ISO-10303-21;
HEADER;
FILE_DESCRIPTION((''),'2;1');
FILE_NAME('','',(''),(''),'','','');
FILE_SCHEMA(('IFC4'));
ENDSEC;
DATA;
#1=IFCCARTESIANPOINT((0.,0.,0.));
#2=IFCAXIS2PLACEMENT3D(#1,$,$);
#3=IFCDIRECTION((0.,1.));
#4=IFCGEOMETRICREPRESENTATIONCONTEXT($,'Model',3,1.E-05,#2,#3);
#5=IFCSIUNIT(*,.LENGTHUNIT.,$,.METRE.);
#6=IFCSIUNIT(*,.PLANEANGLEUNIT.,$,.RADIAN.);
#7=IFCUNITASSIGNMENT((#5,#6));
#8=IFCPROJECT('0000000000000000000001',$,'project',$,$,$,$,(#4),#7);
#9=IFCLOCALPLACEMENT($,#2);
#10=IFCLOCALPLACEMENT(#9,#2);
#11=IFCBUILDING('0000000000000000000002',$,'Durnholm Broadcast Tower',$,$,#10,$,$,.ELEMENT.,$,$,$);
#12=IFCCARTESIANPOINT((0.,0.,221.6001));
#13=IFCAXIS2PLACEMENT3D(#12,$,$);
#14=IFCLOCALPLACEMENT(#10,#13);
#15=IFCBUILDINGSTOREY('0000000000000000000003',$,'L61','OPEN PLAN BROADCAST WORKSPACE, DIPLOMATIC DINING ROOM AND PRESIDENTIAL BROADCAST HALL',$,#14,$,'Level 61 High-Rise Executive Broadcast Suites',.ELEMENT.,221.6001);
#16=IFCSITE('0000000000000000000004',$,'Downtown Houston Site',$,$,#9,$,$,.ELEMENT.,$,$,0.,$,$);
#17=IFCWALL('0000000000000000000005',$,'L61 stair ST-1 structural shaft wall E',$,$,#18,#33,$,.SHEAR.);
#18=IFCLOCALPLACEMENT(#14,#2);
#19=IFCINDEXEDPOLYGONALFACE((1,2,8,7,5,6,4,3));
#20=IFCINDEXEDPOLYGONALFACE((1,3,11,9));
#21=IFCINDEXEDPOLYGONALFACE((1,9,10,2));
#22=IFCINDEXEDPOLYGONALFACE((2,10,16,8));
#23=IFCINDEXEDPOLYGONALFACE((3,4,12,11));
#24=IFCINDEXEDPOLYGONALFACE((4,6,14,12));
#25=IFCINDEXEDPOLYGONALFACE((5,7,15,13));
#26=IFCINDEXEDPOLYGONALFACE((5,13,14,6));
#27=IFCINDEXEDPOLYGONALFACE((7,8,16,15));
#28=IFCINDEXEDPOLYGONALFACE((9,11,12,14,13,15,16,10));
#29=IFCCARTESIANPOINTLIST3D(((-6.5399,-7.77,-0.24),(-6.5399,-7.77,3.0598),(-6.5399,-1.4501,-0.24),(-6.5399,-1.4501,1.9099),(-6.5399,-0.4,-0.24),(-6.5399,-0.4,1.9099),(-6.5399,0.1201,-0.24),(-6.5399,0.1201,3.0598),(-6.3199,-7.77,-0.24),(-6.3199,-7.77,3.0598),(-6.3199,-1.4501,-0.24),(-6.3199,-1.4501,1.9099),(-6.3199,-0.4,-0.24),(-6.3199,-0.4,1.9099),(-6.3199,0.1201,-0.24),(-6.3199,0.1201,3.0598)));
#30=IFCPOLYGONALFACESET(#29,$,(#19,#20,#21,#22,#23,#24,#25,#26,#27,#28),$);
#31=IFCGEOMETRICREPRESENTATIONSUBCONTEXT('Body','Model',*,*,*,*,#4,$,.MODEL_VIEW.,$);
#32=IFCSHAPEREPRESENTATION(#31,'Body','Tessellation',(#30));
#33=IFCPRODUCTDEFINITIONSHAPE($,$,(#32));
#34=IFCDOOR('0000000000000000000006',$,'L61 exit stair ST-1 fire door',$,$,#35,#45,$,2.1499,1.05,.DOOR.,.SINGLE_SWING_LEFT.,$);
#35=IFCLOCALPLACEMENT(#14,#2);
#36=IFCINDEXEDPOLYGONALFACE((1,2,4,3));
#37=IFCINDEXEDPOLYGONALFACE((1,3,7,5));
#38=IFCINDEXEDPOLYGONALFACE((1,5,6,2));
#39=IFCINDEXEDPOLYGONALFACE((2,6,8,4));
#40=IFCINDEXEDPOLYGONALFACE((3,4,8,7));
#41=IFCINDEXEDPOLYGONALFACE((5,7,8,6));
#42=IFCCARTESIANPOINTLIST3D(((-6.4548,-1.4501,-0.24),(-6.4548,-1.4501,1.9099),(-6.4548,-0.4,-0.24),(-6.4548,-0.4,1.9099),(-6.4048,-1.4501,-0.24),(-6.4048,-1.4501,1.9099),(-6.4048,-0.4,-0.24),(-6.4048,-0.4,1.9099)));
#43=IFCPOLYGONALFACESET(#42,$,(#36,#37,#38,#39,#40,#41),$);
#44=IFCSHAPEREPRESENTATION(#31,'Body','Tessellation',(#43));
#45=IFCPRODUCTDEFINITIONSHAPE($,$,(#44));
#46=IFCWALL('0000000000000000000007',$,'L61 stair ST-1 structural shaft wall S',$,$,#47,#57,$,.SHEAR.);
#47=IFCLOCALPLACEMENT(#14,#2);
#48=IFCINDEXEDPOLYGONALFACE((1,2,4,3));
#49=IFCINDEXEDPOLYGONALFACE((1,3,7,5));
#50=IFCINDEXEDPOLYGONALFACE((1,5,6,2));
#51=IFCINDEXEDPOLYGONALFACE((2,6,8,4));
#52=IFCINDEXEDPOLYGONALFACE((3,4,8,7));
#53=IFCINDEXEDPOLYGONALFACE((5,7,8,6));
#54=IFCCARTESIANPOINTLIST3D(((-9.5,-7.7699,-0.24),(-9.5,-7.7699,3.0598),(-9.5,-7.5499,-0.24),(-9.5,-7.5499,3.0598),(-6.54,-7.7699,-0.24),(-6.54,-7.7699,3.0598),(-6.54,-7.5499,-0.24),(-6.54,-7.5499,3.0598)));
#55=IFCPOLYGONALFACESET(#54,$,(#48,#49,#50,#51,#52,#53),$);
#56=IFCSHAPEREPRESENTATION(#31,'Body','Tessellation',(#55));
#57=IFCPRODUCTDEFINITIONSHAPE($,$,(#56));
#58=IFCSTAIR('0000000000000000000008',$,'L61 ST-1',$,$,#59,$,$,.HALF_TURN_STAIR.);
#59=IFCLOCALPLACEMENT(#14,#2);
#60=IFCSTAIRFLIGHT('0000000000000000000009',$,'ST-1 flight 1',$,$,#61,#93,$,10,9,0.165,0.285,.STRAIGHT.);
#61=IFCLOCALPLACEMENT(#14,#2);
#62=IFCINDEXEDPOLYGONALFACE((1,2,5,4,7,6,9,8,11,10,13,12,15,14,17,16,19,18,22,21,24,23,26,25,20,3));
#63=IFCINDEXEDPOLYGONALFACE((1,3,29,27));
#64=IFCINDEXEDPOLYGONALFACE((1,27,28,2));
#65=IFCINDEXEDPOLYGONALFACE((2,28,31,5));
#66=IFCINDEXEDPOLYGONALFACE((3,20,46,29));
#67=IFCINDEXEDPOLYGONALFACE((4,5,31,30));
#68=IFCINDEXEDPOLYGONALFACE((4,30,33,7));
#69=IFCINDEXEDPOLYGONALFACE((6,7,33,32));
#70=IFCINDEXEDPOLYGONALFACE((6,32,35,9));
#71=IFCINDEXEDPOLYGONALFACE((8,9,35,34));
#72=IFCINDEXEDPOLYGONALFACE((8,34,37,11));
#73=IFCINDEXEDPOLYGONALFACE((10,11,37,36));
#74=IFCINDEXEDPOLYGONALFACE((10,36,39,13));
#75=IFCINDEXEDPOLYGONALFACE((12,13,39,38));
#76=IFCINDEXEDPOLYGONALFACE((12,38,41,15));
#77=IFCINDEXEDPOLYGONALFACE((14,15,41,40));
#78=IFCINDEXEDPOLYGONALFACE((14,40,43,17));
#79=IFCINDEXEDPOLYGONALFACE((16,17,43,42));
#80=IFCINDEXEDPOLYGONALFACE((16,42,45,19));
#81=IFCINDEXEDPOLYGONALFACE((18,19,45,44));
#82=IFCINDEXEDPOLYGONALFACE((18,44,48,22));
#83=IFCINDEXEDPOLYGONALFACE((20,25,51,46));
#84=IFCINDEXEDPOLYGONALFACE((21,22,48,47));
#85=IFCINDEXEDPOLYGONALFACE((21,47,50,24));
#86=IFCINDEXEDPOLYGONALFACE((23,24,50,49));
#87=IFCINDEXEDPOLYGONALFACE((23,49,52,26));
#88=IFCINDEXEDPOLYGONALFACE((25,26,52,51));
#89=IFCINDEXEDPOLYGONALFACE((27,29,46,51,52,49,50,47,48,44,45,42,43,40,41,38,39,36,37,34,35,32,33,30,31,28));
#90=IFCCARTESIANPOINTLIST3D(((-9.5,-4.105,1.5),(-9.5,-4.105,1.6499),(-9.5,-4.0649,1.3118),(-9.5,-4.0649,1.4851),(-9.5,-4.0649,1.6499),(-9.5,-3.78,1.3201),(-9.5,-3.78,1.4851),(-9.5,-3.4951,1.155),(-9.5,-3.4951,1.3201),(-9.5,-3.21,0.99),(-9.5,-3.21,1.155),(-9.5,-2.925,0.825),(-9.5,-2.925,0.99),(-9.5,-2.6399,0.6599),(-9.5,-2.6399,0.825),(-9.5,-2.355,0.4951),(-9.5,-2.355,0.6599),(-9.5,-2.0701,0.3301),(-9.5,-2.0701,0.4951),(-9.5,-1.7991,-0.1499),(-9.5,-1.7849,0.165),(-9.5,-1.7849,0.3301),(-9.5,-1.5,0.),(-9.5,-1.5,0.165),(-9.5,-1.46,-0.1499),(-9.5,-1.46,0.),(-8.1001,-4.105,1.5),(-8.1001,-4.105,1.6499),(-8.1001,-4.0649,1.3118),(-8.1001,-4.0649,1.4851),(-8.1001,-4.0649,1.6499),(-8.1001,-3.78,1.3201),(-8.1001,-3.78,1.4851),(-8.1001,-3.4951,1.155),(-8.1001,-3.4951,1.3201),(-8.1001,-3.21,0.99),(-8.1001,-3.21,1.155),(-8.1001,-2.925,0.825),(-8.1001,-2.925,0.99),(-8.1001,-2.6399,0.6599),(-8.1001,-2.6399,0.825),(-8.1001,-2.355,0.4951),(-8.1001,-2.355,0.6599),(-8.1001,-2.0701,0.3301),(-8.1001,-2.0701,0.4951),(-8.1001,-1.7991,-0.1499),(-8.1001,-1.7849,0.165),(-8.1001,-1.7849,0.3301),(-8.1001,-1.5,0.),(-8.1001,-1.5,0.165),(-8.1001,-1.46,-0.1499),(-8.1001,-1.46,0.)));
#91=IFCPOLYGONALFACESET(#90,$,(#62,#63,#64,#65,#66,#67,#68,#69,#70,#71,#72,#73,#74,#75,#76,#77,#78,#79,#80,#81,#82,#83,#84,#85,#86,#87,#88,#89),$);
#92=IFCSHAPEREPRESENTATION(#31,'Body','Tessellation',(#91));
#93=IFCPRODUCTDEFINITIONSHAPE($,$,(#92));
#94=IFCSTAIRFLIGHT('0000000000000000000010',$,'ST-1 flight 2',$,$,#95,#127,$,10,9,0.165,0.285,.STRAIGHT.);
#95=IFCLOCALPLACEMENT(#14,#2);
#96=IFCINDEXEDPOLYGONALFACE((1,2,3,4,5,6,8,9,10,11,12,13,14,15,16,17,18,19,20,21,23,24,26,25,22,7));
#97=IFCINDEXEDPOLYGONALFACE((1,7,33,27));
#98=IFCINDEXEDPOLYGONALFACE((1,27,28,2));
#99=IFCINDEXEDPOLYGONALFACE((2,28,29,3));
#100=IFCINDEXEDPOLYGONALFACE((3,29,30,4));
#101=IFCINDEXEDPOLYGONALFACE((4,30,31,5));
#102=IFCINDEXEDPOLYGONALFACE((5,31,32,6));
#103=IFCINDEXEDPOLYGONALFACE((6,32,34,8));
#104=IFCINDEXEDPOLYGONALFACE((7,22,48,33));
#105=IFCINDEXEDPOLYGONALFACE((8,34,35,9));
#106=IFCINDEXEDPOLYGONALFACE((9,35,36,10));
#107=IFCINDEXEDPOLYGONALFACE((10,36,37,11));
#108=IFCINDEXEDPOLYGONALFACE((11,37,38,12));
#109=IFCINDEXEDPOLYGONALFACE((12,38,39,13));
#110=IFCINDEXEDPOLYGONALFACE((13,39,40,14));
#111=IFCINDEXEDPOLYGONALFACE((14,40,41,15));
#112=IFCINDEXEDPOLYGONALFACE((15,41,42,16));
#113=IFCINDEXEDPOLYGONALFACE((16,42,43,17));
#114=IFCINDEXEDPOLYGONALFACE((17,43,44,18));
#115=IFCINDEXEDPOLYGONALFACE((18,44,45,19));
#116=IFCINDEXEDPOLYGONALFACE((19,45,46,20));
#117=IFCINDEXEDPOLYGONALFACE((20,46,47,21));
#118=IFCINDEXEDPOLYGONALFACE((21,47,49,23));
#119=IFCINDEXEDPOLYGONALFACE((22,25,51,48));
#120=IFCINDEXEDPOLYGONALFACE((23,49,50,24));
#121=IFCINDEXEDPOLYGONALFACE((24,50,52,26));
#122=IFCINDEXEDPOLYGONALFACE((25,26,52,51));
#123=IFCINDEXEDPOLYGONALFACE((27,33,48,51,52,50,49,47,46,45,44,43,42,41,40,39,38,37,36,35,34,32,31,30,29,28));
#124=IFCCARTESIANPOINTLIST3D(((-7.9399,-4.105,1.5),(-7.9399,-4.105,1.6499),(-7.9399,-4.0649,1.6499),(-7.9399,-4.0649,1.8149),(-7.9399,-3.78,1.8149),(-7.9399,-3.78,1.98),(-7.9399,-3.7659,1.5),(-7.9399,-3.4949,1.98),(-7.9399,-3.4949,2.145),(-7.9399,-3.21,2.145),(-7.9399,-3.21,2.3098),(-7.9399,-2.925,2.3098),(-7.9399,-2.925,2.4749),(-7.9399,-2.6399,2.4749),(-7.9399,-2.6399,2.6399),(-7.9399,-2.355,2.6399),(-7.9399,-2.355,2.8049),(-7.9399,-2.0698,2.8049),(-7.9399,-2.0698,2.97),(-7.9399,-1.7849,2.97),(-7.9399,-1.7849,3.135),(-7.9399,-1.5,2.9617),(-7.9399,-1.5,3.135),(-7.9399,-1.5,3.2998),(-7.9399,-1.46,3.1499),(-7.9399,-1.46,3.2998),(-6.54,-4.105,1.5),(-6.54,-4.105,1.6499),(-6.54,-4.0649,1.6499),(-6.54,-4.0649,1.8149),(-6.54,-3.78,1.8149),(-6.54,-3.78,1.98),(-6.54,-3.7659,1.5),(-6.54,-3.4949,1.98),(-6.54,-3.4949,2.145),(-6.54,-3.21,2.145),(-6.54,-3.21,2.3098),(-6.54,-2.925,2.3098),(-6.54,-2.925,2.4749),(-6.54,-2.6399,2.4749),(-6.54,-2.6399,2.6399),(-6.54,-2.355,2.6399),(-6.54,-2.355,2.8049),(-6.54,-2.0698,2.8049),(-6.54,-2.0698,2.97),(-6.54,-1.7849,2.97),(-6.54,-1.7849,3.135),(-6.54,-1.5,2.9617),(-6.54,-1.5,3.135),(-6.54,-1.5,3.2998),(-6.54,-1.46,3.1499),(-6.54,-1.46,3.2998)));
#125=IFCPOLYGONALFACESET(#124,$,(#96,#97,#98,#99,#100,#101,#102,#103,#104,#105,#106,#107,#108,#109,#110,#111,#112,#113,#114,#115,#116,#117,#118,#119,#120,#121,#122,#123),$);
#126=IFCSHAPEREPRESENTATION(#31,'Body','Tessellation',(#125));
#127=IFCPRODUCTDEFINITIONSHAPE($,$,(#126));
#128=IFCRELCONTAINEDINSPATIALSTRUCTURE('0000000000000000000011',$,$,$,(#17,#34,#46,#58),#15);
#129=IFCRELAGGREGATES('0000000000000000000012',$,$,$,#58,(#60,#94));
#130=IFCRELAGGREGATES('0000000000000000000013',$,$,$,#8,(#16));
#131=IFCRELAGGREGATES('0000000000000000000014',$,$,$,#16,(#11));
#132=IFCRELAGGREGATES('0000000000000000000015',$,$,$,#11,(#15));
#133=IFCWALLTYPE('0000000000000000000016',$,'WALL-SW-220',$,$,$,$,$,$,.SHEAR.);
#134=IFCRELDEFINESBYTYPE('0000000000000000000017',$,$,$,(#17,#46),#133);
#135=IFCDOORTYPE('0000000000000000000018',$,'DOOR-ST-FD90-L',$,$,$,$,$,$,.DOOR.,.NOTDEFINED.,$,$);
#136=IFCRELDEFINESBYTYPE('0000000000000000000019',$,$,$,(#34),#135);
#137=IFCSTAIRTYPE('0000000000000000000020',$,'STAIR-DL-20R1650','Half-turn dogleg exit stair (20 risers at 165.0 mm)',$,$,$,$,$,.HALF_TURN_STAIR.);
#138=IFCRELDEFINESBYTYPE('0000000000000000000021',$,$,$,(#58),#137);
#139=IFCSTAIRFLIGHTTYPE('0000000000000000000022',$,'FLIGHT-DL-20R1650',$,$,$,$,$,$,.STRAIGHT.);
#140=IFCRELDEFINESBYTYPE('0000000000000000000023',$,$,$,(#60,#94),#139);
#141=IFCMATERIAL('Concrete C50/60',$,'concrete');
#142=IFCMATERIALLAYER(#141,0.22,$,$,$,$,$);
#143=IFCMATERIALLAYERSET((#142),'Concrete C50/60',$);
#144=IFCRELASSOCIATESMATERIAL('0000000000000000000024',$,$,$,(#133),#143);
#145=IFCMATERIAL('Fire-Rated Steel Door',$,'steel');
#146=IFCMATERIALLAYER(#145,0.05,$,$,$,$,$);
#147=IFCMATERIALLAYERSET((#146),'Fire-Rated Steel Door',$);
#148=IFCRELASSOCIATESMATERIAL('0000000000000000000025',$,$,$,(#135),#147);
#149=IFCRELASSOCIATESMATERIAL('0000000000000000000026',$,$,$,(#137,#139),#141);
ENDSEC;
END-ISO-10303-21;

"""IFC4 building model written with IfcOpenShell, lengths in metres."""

from ifc_helpers import new_model, si_unit, direction, frame, frame_2d, origin, place, context, subcontext, project, spatial, polyline, rectangle, outline, extrude, source, transform, mapped, material, layer, layer_set, type_object, type_shapes, element, fill, aggregate, save


model = new_model("IFC4")

# Units and contexts
model_context = context("Model", 3, precision=1e-05, world=origin(), true_north=direction((0.0, 1.0)))
body_context = subcontext(model_context, "Body", "Model", "MODEL_VIEW")
ifc_project = project(units=[si_unit("LENGTHUNIT", "METRE"), si_unit("PLANEANGLEUNIT", "RADIAN")], contexts=[model_context])

# Site, building, storey
site_placement = place(None, origin())
site = spatial("IfcSite", under=ifc_project, at=site_placement, Name="Downtown Houston Site", CompositionType="ELEMENT", RefElevation=0.0)
building_placement = place(site_placement, origin())
building = spatial("IfcBuilding", under=site, at=building_placement, Name="Durnholm Broadcast Tower", CompositionType="ELEMENT")
storey_placement = place(building_placement, frame((0.0, 0.0, 221.6001)))
storey = spatial("IfcBuildingStorey", under=building, at=storey_placement, Name="L61", Description="OPEN PLAN BROADCAST WORKSPACE, DIPLOMATIC DINING ROOM AND PRESIDENTIAL BROADCAST HALL", LongName="Level 61 High-Rise Executive Broadcast Suites", CompositionType="ELEMENT", Elevation=221.6001)

# Shared definitions
ifc_material_1 = material(Name="Concrete C50/60", Category="concrete")

# Wall, opening, door
ifc_layer_1 = layer(ifc_material_1, 0.22)
ifc_layer_set_1 = layer_set([ifc_layer_1], Name="Concrete C50/60")
wall_type_1 = type_object("IfcWallType", Name="WALL-SW-220", PredefinedType="SHEAR", material=ifc_layer_set_1)
wall_1_placement = place(storey_placement, frame((-6.4299, -7.77, -0.24), z_axis=(0.0, 0.0, 1.0), x_axis=(0.0, 1.0, 0.0)))
wall_1 = element("IfcWall", 1, at=wall_1_placement, inside=storey, type_object=wall_type_1, Name="L61 stair ST-1 structural shaft wall E", PredefinedType="SHEAR", context=body_context, shape_type="SweptSolid", body=[
    extrude(rectangle(XDim=7.8901, YDim=0.22, at=frame_2d((3.9451, 0.0))), origin(), (0.0, 0.0, 1.0), 3.2998),
])
opening_1_placement = place(wall_1_placement, frame((6.3201, 0.0, 0.0)))
opening_1 = element("IfcOpeningElement", 2, at=opening_1_placement, cuts=wall_1, PredefinedType="OPENING", context=body_context, shape_type="SweptSolid", body=[
    extrude(rectangle(XDim=1.05, YDim=2.1499, at=frame_2d((0.5249, 1.075))), frame((0.0, 0.1201, 0.0), z_axis=(0.0, -1.0, 0.0), x_axis=(1.0, 0.0, 0.0)), (0.0, 0.0, 1.0), 0.24),
])
ifc_material_2 = material(Name="Fire-Rated Steel Door", Category="steel")
ifc_layer_2 = layer(ifc_material_2, 0.05)
ifc_layer_set_2 = layer_set([ifc_layer_2], Name="Fire-Rated Steel Door")
door_type_1 = type_object("IfcDoorType", Name="DOOR-ST-FD90-L", OperationType="NOTDEFINED", PredefinedType="DOOR", material=ifc_layer_set_2)
shared_shape_1 = source(origin(), body_context, "Body", "SweptSolid", [
    extrude(rectangle(XDim=1.05, YDim=2.1499, at=frame_2d((0.5249, 1.075))), frame((0.0, 0.0249, 0.0), z_axis=(0.0, -1.0, 0.0), x_axis=(1.0, 0.0, 0.0)), (0.0, 0.0, 1.0), 0.05),
])
type_shapes(door_type_1, [shared_shape_1])
door_1_placement = place(opening_1_placement, origin())
door_1 = element("IfcDoor", 3, at=door_1_placement, inside=storey, type_object=door_type_1, Name="L61 exit stair ST-1 fire door", OperationType="SINGLE_SWING_LEFT", OverallHeight=2.1499, OverallWidth=1.05, PredefinedType="DOOR", context=body_context, shape_type="MappedRepresentation", body=[
    mapped(shared_shape_1, transform((0.0, 0.0, 0.0), x_axis=(1.0, 0.0, 0.0), y_axis=(0.0, 1.0, 0.0), z_axis=(0.0, 0.0, 1.0), scale=1.0)),
])
fill(opening_1, door_1)

# Wall
wall_2_placement = place(storey_placement, frame((-9.5, -7.6599, -0.24), z_axis=(0.0, 0.0, 1.0), x_axis=(1.0, 0.0, 0.0)))
element("IfcWall", 4, at=wall_2_placement, inside=storey, type_object=wall_type_1, Name="L61 stair ST-1 structural shaft wall S", PredefinedType="SHEAR", context=body_context, shape_type="SweptSolid", body=[
    extrude(rectangle(XDim=2.96, YDim=0.22, at=frame_2d((1.48, 0.0))), origin(), (0.0, 0.0, 1.0), 3.2998),
])

# Stair, stair flights
stair_type = type_object("IfcStairType", Name="STAIR-DL-20R1650", Description="Half-turn dogleg exit stair (20 risers at 165.0 mm)", PredefinedType="HALF_TURN_STAIR", material=ifc_material_1)
stair_placement = place(storey_placement, origin())
stair = element("IfcStair", 5, at=stair_placement, inside=storey, type_object=stair_type, Name="L61 ST-1", PredefinedType="HALF_TURN_STAIR")
stair_flight_type = type_object("IfcStairFlightType", Name="FLIGHT-DL-20R1650", PredefinedType="STRAIGHT", material=ifc_material_1)
stair_flight_1_placement = place(storey_placement, frame((-8.8, -1.5, 0.0), z_axis=(0.0, 0.0, 1.0), x_axis=(0.0, -1.0, 0.0)))
stair_flight_1 = element("IfcStairFlight", 6, at=stair_flight_1_placement, type_object=stair_flight_type, Name="ST-1 flight 1", NumberOfRisers=10, NumberOfTreads=9, PredefinedType="STRAIGHT", RiserHeight=0.165, TreadLength=0.285, context=body_context, shape_type="SweptSolid", body=[
    extrude(outline(polyline([(-0.04, -0.1499), (-0.04, 0.0), (0.0, 0.0), (0.0, 0.165), (0.2849, 0.165), (0.2849, 0.3301), (0.5701, 0.3301), (0.5701, 0.4951), (0.855, 0.4951), (0.855, 0.6599), (1.1399, 0.6599), (1.1399, 0.825), (1.425, 0.825), (1.425, 0.99), (1.71, 0.99), (1.71, 1.155), (1.9951, 1.155), (1.9951, 1.3201), (2.28, 1.3201), (2.28, 1.4851), (2.5649, 1.4851), (2.5649, 1.6499), (2.605, 1.6499), (2.605, 1.5), (2.5649, 1.3118), (0.2991, -0.1499), (-0.04, -0.1499)])), frame((0.0, 0.7, 0.0), z_axis=(0.0, -1.0, 0.0), x_axis=(1.0, 0.0, 0.0)), (0.0, 0.0, 1.0), 1.3999),
])
stair_flight_2_placement = place(storey_placement, frame((-7.24, -4.0649, 1.6499), z_axis=(0.0, 0.0, 1.0), x_axis=(0.0, 1.0, 0.0)))
stair_flight_2 = element("IfcStairFlight", 7, at=stair_flight_2_placement, type_object=stair_flight_type, Name="ST-1 flight 2", NumberOfRisers=10, NumberOfTreads=9, PredefinedType="STRAIGHT", RiserHeight=0.165, TreadLength=0.285, context=body_context, shape_type="SweptSolid", body=[
    extrude(outline(polyline([(-0.04, -0.1499), (-0.04, 0.0), (0.0, 0.0), (0.0, 0.165), (0.2849, 0.165), (0.2849, 0.3301), (0.5701, 0.3301), (0.5701, 0.4951), (0.855, 0.4951), (0.855, 0.6599), (1.1399, 0.6599), (1.1399, 0.825), (1.425, 0.825), (1.425, 0.99), (1.71, 0.99), (1.71, 1.155), (1.9951, 1.155), (1.9951, 1.3201), (2.28, 1.3201), (2.28, 1.4851), (2.5649, 1.4851), (2.5649, 1.6499), (2.605, 1.6499), (2.605, 1.5), (2.5649, 1.3118), (0.2991, -0.1499), (-0.04, -0.1499)])), frame((0.0, 0.7, 0.0), z_axis=(0.0, -1.0, 0.0), x_axis=(1.0, 0.0, 0.0)), (0.0, 0.0, 1.0), 1.3999),
])
aggregate(stair, [stair_flight_1, stair_flight_2])

save(model, "model.ifc")
